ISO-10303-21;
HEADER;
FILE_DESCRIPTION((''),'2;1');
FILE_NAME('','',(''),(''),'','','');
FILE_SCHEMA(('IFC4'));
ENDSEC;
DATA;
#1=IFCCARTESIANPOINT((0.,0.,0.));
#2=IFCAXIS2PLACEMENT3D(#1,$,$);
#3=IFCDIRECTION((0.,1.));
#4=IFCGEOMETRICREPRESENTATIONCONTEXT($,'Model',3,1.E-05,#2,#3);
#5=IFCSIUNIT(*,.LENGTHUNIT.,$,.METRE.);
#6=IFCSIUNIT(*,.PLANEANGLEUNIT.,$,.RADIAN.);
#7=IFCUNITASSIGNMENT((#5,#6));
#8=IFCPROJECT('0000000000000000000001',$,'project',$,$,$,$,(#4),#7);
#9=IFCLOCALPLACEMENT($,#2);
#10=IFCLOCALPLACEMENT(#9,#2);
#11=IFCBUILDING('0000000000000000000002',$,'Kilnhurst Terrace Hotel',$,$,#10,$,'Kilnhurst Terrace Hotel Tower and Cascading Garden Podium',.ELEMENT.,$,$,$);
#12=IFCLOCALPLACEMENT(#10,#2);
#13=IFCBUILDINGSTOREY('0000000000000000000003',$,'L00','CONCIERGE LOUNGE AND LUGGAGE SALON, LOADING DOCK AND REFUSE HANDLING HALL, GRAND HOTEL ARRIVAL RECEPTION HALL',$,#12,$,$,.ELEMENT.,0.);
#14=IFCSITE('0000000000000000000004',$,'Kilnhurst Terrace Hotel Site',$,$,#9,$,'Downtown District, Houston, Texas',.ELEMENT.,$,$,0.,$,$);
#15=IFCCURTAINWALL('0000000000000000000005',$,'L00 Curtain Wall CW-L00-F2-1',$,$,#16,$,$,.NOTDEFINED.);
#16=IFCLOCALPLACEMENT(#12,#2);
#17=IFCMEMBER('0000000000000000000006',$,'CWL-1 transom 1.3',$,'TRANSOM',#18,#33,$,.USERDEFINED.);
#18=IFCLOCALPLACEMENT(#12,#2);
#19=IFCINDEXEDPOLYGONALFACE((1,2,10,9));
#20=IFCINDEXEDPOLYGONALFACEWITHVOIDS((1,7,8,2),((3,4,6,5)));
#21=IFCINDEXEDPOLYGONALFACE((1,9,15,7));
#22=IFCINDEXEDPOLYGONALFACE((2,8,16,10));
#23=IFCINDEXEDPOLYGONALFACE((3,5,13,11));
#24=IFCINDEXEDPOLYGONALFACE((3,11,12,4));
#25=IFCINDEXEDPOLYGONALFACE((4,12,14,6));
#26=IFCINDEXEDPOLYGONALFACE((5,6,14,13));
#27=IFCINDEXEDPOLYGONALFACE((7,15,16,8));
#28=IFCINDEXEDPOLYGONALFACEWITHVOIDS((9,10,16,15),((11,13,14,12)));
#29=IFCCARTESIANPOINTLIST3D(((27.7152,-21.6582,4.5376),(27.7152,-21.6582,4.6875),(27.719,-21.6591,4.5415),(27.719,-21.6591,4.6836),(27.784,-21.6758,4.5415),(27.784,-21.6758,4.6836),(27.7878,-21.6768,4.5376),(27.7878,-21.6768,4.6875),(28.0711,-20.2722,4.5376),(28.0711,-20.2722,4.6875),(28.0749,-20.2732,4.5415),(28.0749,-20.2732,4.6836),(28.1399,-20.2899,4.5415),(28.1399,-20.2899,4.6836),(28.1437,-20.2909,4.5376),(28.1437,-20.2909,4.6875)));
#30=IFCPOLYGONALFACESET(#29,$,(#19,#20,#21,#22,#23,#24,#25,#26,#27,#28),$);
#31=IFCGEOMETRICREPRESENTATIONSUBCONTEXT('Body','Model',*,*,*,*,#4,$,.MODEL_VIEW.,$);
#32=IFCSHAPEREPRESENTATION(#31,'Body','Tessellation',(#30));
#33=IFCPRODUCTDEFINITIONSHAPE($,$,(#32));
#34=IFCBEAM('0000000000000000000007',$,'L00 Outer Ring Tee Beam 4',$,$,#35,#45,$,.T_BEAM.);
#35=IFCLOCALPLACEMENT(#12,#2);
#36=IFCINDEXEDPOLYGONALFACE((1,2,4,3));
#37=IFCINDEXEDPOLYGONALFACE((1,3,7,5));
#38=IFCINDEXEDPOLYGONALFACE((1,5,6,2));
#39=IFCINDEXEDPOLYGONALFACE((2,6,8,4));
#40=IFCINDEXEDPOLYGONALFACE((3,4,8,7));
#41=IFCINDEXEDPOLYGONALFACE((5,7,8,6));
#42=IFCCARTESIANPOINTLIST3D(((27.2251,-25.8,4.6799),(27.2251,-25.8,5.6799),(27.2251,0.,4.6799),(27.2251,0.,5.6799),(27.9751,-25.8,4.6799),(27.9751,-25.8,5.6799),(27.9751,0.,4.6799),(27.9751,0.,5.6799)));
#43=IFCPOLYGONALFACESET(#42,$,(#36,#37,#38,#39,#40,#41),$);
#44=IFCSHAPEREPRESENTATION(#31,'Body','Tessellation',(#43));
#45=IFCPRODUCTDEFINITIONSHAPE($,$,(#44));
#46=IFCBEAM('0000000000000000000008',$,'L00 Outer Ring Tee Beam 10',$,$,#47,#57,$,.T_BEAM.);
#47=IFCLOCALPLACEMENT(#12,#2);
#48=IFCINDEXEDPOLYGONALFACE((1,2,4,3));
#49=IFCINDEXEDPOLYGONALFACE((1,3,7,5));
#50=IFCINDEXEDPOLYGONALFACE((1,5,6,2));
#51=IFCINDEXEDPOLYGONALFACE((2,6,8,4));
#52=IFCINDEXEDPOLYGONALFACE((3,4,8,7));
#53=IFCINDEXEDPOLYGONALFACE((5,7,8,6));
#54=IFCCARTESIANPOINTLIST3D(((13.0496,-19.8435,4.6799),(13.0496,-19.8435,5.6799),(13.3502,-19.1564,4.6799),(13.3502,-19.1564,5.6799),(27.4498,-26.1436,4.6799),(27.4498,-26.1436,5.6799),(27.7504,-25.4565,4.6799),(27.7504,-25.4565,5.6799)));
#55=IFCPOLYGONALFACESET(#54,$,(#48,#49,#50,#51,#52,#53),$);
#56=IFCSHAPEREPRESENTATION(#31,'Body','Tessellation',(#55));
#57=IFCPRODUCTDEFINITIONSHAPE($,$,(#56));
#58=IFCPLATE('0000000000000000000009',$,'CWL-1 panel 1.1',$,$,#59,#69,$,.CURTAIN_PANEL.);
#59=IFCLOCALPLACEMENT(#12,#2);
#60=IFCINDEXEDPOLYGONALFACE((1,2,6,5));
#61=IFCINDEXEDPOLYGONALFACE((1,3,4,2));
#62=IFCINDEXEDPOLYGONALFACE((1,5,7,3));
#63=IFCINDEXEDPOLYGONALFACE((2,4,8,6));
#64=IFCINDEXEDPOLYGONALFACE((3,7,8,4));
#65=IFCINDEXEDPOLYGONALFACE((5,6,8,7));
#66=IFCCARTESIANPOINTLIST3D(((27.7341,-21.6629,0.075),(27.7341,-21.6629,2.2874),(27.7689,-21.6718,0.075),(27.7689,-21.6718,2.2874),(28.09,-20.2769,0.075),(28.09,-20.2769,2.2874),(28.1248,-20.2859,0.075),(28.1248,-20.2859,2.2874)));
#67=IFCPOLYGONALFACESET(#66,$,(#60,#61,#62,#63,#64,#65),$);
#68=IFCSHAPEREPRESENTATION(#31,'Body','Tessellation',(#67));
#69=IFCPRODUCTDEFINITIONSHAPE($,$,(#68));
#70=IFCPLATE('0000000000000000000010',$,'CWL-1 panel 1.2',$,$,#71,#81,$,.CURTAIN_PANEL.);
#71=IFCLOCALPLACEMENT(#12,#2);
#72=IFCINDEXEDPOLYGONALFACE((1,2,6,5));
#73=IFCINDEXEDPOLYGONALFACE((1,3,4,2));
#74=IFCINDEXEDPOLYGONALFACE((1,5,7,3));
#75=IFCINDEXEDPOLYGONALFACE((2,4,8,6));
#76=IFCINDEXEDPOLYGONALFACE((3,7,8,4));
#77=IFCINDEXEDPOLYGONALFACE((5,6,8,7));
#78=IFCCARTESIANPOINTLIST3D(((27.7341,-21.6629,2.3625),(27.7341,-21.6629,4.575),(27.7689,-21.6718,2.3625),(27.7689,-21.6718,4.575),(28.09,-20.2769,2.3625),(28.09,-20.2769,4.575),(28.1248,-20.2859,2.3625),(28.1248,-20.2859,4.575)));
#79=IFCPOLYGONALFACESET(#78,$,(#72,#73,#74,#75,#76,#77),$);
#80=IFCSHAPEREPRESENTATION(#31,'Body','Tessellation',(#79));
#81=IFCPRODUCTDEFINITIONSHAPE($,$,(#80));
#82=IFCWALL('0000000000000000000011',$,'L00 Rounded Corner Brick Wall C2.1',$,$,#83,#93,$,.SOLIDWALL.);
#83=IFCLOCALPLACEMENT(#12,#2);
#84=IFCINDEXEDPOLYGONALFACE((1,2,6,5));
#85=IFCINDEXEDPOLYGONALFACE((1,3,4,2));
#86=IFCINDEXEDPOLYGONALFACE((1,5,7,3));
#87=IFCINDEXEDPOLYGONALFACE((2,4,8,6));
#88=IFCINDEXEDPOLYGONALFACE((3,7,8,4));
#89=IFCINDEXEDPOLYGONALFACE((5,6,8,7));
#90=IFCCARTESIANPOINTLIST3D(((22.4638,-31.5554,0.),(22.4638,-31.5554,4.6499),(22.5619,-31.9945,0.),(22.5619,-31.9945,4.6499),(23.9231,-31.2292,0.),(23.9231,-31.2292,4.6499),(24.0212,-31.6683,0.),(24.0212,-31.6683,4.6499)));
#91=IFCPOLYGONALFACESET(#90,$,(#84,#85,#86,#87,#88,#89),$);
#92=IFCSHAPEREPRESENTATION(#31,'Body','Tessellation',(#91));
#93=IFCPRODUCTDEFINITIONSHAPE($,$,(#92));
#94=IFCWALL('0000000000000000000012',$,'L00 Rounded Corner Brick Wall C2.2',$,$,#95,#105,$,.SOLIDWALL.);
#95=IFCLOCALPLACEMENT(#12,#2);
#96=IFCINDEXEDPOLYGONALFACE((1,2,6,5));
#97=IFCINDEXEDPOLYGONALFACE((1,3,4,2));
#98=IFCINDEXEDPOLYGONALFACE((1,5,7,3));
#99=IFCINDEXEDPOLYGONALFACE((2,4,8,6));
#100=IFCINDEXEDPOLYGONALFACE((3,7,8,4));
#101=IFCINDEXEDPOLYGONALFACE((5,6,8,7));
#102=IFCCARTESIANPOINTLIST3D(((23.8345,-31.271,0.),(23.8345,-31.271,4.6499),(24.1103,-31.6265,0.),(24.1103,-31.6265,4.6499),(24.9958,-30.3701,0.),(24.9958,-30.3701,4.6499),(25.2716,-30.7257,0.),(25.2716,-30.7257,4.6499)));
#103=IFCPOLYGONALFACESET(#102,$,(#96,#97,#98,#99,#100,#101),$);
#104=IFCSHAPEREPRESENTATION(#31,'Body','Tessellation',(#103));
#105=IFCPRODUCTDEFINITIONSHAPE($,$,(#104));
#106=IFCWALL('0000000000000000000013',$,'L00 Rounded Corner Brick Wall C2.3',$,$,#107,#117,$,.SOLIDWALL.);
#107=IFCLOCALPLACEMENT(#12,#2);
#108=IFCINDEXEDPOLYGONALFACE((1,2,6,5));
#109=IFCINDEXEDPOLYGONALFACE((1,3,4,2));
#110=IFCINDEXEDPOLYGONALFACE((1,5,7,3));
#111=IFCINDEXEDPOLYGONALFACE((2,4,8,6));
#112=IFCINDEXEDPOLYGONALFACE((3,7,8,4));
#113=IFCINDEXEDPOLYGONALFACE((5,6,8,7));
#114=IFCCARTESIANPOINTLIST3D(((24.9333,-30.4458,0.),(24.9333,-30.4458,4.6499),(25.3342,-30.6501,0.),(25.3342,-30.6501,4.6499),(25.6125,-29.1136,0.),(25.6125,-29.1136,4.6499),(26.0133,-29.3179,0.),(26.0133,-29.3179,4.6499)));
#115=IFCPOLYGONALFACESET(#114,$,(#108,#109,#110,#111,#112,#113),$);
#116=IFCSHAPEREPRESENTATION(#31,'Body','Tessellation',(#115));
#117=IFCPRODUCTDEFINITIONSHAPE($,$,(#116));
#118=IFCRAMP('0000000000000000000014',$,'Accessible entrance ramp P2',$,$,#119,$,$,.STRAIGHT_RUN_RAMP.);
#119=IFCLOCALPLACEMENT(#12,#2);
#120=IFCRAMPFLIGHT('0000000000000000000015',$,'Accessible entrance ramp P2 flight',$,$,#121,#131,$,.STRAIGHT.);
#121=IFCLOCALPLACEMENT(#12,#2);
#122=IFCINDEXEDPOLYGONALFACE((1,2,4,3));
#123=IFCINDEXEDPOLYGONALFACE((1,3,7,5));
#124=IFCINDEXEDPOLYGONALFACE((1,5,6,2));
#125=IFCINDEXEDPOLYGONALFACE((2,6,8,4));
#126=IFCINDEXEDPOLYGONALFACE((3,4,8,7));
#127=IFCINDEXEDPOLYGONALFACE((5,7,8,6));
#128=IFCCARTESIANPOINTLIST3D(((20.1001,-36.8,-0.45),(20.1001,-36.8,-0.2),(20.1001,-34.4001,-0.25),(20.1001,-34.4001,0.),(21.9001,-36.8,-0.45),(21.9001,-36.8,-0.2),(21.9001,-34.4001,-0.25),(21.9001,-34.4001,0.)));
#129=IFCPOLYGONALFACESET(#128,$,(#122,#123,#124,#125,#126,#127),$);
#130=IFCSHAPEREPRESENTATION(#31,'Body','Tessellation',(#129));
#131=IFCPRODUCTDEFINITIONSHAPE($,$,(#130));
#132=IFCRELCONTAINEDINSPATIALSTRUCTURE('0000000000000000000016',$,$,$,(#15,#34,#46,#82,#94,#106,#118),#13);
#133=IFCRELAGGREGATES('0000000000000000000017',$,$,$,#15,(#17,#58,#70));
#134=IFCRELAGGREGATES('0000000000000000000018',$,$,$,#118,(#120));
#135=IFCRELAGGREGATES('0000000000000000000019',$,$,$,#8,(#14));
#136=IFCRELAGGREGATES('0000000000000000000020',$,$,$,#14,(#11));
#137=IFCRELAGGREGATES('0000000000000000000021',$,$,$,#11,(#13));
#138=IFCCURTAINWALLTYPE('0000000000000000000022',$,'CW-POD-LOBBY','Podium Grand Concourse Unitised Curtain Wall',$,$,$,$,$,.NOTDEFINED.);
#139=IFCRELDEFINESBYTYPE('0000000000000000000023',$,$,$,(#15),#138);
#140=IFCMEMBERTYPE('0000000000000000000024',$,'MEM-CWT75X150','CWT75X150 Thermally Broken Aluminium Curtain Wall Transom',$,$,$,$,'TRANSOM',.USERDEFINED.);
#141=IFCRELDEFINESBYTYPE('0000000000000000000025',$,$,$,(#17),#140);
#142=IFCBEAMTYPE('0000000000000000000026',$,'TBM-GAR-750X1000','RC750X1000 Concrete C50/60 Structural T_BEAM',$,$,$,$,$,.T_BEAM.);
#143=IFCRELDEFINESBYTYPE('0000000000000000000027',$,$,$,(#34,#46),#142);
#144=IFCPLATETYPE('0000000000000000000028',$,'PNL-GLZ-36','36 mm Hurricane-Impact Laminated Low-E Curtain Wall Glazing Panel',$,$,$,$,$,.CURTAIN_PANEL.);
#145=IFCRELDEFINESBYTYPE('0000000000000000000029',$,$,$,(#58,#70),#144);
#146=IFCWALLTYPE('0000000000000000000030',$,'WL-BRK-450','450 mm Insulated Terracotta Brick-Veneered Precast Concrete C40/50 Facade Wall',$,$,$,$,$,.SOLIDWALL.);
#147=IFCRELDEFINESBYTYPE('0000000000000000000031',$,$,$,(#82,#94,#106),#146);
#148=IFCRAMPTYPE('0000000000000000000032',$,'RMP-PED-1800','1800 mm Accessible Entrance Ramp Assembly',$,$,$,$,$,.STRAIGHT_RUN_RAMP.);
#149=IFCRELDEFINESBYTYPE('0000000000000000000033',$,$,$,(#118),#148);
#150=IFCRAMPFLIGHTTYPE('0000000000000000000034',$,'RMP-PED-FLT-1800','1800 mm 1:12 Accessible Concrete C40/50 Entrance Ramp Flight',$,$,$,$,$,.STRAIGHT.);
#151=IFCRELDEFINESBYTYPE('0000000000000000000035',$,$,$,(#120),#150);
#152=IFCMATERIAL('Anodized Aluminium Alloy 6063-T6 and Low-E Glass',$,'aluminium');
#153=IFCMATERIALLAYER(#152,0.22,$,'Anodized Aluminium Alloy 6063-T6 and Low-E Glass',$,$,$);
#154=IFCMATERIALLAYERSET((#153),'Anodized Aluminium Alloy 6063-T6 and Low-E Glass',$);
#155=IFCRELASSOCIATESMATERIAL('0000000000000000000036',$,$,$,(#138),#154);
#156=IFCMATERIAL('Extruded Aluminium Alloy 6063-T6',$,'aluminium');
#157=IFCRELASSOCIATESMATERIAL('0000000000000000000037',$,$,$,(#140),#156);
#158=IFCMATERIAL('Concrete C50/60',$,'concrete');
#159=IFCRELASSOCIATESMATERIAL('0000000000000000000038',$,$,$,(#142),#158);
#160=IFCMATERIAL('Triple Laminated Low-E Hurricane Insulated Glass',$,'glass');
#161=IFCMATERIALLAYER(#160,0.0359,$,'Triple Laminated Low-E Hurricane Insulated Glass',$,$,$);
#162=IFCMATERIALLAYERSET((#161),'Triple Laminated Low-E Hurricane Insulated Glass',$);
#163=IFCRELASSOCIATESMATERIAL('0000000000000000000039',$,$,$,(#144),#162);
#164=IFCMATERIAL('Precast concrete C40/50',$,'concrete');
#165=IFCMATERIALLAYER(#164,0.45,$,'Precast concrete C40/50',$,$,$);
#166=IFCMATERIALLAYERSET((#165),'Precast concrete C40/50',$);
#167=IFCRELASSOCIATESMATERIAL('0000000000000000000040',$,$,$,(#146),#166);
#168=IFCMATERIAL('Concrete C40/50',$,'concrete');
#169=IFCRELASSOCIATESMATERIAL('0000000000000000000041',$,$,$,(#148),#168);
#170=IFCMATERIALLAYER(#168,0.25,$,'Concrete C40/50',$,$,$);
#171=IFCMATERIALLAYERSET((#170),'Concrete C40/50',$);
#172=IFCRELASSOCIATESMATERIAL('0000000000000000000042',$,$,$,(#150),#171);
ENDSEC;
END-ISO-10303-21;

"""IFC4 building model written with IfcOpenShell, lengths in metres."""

from ifc_helpers import new_model, si_unit, direction, frame, frame_2d, origin, origin_2d, place, context, subcontext, project, spatial, polyline, rectangle, hollow_rectangle, outline, extrude, material, layer, layer_set, material_profile, profile_set, type_object, element, aggregate, save


model = new_model("IFC4")

# Units and contexts
model_context = context("Model", 3, precision=1e-05, world=origin(), true_north=direction((0.0, 1.0)))
body_context = subcontext(model_context, "Body", "Model", "MODEL_VIEW")
ifc_project = project(units=[si_unit("LENGTHUNIT", "METRE"), si_unit("PLANEANGLEUNIT", "RADIAN")], contexts=[model_context])

# Site, building, storey
site_placement = place(None, origin())
site = spatial("IfcSite", under=ifc_project, at=site_placement, Name="Kilnhurst Terrace Hotel Site", LongName="Downtown District, Houston, Texas", CompositionType="ELEMENT", RefElevation=0.0)
building_placement = place(site_placement, origin())
building = spatial("IfcBuilding", under=site, at=building_placement, Name="Kilnhurst Terrace Hotel", LongName="Kilnhurst Terrace Hotel Tower and Cascading Garden Podium", CompositionType="ELEMENT")
storey_placement = place(building_placement, origin())
storey = spatial("IfcBuildingStorey", under=building, at=storey_placement, Name="L00", Description="CONCIERGE LOUNGE AND LUGGAGE SALON, LOADING DOCK AND REFUSE HANDLING HALL, GRAND HOTEL ARRIVAL RECEPTION HALL", CompositionType="ELEMENT", Elevation=0.0)

# Shared definitions
ifc_material_1 = material(Name="Concrete C50/60", Category="concrete")

# Curtain wall, member
ifc_material_2 = material(Name="Anodized Aluminium Alloy 6063-T6 and Low-E Glass", Category="aluminium")
ifc_layer_1 = layer(ifc_material_2, 0.22, Name="Anodized Aluminium Alloy 6063-T6 and Low-E Glass")
ifc_layer_set_1 = layer_set([ifc_layer_1], Name="Anodized Aluminium Alloy 6063-T6 and Low-E Glass")
curtain_wall_type = type_object("IfcCurtainWallType", Name="CW-POD-LOBBY", Description="Podium Grand Concourse Unitised Curtain Wall", PredefinedType="NOTDEFINED", material=ifc_layer_set_1)
curtain_wall_placement = place(storey_placement, origin())
curtain_wall = element("IfcCurtainWall", 1, at=curtain_wall_placement, inside=storey, type_object=curtain_wall_type, Name="L00 Curtain Wall CW-L00-F2-1", PredefinedType="NOTDEFINED")
ifc_material_3 = material(Name="Extruded Aluminium Alloy 6063-T6", Category="aluminium")
ifc_material_profile_1 = material_profile(ifc_material_3, hollow_rectangle(XDim=0.075, YDim=0.1499, WallThickness=0.0039, at=origin_2d()), Name="CWT75X150")
ifc_profile_set_1 = profile_set([ifc_material_profile_1], Name="Extruded Aluminium Alloy 6063-T6")
member_type_1 = type_object("IfcMemberType", Name="MEM-CWT75X150", Description="CWT75X150 Thermally Broken Aluminium Curtain Wall Transom", ElementType="TRANSOM", PredefinedType="USERDEFINED", material=ifc_profile_set_1)
member_1_placement = place(storey_placement, frame((27.7515, -21.6675, 4.6125), z_axis=(0.248753, 0.968567, 0.0), x_axis=(-0.968567, 0.248753, 0.0)))
member_1 = element("IfcMember", 2, at=member_1_placement, type_object=member_type_1, Name="CWL-1 transom 1.3", ObjectType="TRANSOM", PredefinedType="USERDEFINED", context=body_context, shape_type="SweptSolid", body=[
    extrude(hollow_rectangle(XDim=0.075, YDim=0.1499, WallThickness=0.0039, at=origin_2d()), origin(), (0.0, 0.0, 1.0), 1.4309),
])

# Beams
ifc_material_profile_2 = material_profile(ifc_material_1, rectangle(XDim=0.75, YDim=1.0, at=origin_2d()), Name="RC750X1000")
ifc_profile_set_2 = profile_set([ifc_material_profile_2], Name="Concrete C50/60")
beam_type = type_object("IfcBeamType", Name="TBM-GAR-750X1000", Description="RC750X1000 Concrete C50/60 Structural T_BEAM", PredefinedType="T_BEAM", material=ifc_profile_set_2)
beam_1_placement = place(storey_placement, frame((27.6001, -25.8, 5.1799), z_axis=(0.0, 1.0, 0.0), x_axis=(-1.0, 0.0, 0.0)))
element("IfcBeam", 3, at=beam_1_placement, inside=storey, type_object=beam_type, Name="L00 Outer Ring Tee Beam 4", PredefinedType="T_BEAM", context=body_context, shape_type="SweptSolid", body=[
    extrude(rectangle(XDim=0.75, YDim=1.0, at=origin_2d()), origin(), (0.0, 0.0, 1.0), 25.8),
])
beam_2_placement = place(storey_placement, frame((27.6001, -25.8, 5.1799), z_axis=(-0.916158, 0.400818, 0.0), x_axis=(-0.400818, -0.916158, 0.0)))
element("IfcBeam", 4, at=beam_2_placement, inside=storey, type_object=beam_type, Name="L00 Outer Ring Tee Beam 10", PredefinedType="T_BEAM", context=body_context, shape_type="SweptSolid", body=[
    extrude(rectangle(XDim=0.75, YDim=1.0, at=origin_2d()), origin(), (0.0, 0.0, 1.0), 15.718),
])

# Plates
ifc_material_4 = material(Name="Triple Laminated Low-E Hurricane Insulated Glass", Category="glass")
ifc_layer_2 = layer(ifc_material_4, 0.0359, Name="Triple Laminated Low-E Hurricane Insulated Glass")
ifc_layer_set_2 = layer_set([ifc_layer_2], Name="Triple Laminated Low-E Hurricane Insulated Glass")
plate_type = type_object("IfcPlateType", Name="PNL-GLZ-36", Description="36 mm Hurricane-Impact Laminated Low-E Curtain Wall Glazing Panel", PredefinedType="CURTAIN_PANEL", material=ifc_layer_set_2)
plate_1_placement = place(storey_placement, frame((27.9294, -20.9744, 0.075), z_axis=(0.0, 0.0, 1.0), x_axis=(0.24874, 0.96857, 0.0)))
plate_1 = element("IfcPlate", 5, at=plate_1_placement, type_object=plate_type, Name="CWL-1 panel 1.1", PredefinedType="CURTAIN_PANEL", context=body_context, shape_type="SweptSolid", body=[
    extrude(rectangle(XDim=1.4309, YDim=0.0359, at=origin_2d()), origin(), (0.0, 0.0, 1.0), 2.2124),
])
plate_2_placement = place(storey_placement, frame((27.9294, -20.9744, 2.3625), z_axis=(0.0, 0.0, 1.0), x_axis=(0.24874, 0.96857, 0.0)))
plate_2 = element("IfcPlate", 6, at=plate_2_placement, type_object=plate_type, Name="CWL-1 panel 1.2", PredefinedType="CURTAIN_PANEL", context=body_context, shape_type="SweptSolid", body=[
    extrude(rectangle(XDim=1.4309, YDim=0.0359, at=origin_2d()), origin(), (0.0, 0.0, 1.0), 2.2124),
])
aggregate(curtain_wall, [member_1, plate_1, plate_2])

# Walls
ifc_material_5 = material(Name="Precast concrete C40/50", Category="concrete")
ifc_layer_3 = layer(ifc_material_5, 0.45, Name="Precast concrete C40/50")
ifc_layer_set_3 = layer_set([ifc_layer_3], Name="Precast concrete C40/50")
wall_type = type_object("IfcWallType", Name="WL-BRK-450", Description="450 mm Insulated Terracotta Brick-Veneered Precast Concrete C40/50 Facade Wall", PredefinedType="SOLIDWALL", material=ifc_layer_set_3)
wall_1_placement = place(storey_placement, frame((22.5129, -31.7749, 0.0), z_axis=(0.0, 0.0, 1.0), x_axis=(0.975925, 0.218106, 0.0)))
element("IfcWall", 7, at=wall_1_placement, inside=storey, type_object=wall_type, Name="L00 Rounded Corner Brick Wall C2.1", PredefinedType="SOLIDWALL", context=body_context, shape_type="SweptSolid", body=[
    extrude(rectangle(XDim=1.4954, YDim=0.45, at=frame_2d((0.7476, 0.0))), origin(), (0.0, 0.0, 1.0), 4.6499),
])
wall_2_placement = place(storey_placement, frame((23.9724, -31.4487, 0.0), z_axis=(0.0, 0.0, 1.0), x_axis=(0.790148, 0.612917, 0.0)))
element("IfcWall", 8, at=wall_2_placement, inside=storey, type_object=wall_type, Name="L00 Rounded Corner Brick Wall C2.2", PredefinedType="SOLIDWALL", context=body_context, shape_type="SweptSolid", body=[
    extrude(rectangle(XDim=1.4697, YDim=0.45, at=frame_2d((0.7349, 0.0))), origin(), (0.0, 0.0, 1.0), 4.6499),
])
wall_3_placement = place(storey_placement, frame((25.1338, -30.5479, 0.0), z_axis=(0.0, 0.0, 1.0), x_axis=(0.454187, 0.890906, 0.0)))
element("IfcWall", 9, at=wall_3_placement, inside=storey, type_object=wall_type, Name="L00 Rounded Corner Brick Wall C2.3", PredefinedType="SOLIDWALL", context=body_context, shape_type="SweptSolid", body=[
    extrude(rectangle(XDim=1.4954, YDim=0.45, at=frame_2d((0.7476, 0.0))), origin(), (0.0, 0.0, 1.0), 4.6499),
])

# Ramp, ramp flight
ifc_material_6 = material(Name="Concrete C40/50", Category="concrete")
ramp_type = type_object("IfcRampType", Name="RMP-PED-1800", Description="1800 mm Accessible Entrance Ramp Assembly", PredefinedType="STRAIGHT_RUN_RAMP", material=ifc_material_6)
ramp_placement = place(storey_placement, origin())
ramp = element("IfcRamp", 10, at=ramp_placement, inside=storey, type_object=ramp_type, Name="Accessible entrance ramp P2", PredefinedType="STRAIGHT_RUN_RAMP")
ifc_layer_4 = layer(ifc_material_6, 0.25, Name="Concrete C40/50")
ifc_layer_set_4 = layer_set([ifc_layer_4], Name="Concrete C40/50")
ramp_flight_type = type_object("IfcRampFlightType", Name="RMP-PED-FLT-1800", Description="1800 mm 1:12 Accessible Concrete C40/50 Entrance Ramp Flight", PredefinedType="STRAIGHT", material=ifc_layer_set_4)
ramp_flight_placement = place(storey_placement, frame((21.0, -36.8, -0.2), z_axis=(0.0, 0.0, 1.0), x_axis=(0.0, 1.0, 0.0)))
ramp_flight = element("IfcRampFlight", 11, at=ramp_flight_placement, type_object=ramp_flight_type, Name="Accessible entrance ramp P2 flight", PredefinedType="STRAIGHT", context=body_context, shape_type="SweptSolid", body=[
    extrude(outline(polyline([(0.0, 0.0), (2.3999, 0.2), (2.3999, -0.05), (0.0, -0.25), (0.0, 0.0)])), frame((0.0, 0.8999, 0.0), z_axis=(0.0, -1.0, 0.0), x_axis=(1.0, 0.0, 0.0)), (0.0, 0.0, 1.0), 1.8),
])
aggregate(ramp, [ramp_flight])

save(model, "model.ifc")
